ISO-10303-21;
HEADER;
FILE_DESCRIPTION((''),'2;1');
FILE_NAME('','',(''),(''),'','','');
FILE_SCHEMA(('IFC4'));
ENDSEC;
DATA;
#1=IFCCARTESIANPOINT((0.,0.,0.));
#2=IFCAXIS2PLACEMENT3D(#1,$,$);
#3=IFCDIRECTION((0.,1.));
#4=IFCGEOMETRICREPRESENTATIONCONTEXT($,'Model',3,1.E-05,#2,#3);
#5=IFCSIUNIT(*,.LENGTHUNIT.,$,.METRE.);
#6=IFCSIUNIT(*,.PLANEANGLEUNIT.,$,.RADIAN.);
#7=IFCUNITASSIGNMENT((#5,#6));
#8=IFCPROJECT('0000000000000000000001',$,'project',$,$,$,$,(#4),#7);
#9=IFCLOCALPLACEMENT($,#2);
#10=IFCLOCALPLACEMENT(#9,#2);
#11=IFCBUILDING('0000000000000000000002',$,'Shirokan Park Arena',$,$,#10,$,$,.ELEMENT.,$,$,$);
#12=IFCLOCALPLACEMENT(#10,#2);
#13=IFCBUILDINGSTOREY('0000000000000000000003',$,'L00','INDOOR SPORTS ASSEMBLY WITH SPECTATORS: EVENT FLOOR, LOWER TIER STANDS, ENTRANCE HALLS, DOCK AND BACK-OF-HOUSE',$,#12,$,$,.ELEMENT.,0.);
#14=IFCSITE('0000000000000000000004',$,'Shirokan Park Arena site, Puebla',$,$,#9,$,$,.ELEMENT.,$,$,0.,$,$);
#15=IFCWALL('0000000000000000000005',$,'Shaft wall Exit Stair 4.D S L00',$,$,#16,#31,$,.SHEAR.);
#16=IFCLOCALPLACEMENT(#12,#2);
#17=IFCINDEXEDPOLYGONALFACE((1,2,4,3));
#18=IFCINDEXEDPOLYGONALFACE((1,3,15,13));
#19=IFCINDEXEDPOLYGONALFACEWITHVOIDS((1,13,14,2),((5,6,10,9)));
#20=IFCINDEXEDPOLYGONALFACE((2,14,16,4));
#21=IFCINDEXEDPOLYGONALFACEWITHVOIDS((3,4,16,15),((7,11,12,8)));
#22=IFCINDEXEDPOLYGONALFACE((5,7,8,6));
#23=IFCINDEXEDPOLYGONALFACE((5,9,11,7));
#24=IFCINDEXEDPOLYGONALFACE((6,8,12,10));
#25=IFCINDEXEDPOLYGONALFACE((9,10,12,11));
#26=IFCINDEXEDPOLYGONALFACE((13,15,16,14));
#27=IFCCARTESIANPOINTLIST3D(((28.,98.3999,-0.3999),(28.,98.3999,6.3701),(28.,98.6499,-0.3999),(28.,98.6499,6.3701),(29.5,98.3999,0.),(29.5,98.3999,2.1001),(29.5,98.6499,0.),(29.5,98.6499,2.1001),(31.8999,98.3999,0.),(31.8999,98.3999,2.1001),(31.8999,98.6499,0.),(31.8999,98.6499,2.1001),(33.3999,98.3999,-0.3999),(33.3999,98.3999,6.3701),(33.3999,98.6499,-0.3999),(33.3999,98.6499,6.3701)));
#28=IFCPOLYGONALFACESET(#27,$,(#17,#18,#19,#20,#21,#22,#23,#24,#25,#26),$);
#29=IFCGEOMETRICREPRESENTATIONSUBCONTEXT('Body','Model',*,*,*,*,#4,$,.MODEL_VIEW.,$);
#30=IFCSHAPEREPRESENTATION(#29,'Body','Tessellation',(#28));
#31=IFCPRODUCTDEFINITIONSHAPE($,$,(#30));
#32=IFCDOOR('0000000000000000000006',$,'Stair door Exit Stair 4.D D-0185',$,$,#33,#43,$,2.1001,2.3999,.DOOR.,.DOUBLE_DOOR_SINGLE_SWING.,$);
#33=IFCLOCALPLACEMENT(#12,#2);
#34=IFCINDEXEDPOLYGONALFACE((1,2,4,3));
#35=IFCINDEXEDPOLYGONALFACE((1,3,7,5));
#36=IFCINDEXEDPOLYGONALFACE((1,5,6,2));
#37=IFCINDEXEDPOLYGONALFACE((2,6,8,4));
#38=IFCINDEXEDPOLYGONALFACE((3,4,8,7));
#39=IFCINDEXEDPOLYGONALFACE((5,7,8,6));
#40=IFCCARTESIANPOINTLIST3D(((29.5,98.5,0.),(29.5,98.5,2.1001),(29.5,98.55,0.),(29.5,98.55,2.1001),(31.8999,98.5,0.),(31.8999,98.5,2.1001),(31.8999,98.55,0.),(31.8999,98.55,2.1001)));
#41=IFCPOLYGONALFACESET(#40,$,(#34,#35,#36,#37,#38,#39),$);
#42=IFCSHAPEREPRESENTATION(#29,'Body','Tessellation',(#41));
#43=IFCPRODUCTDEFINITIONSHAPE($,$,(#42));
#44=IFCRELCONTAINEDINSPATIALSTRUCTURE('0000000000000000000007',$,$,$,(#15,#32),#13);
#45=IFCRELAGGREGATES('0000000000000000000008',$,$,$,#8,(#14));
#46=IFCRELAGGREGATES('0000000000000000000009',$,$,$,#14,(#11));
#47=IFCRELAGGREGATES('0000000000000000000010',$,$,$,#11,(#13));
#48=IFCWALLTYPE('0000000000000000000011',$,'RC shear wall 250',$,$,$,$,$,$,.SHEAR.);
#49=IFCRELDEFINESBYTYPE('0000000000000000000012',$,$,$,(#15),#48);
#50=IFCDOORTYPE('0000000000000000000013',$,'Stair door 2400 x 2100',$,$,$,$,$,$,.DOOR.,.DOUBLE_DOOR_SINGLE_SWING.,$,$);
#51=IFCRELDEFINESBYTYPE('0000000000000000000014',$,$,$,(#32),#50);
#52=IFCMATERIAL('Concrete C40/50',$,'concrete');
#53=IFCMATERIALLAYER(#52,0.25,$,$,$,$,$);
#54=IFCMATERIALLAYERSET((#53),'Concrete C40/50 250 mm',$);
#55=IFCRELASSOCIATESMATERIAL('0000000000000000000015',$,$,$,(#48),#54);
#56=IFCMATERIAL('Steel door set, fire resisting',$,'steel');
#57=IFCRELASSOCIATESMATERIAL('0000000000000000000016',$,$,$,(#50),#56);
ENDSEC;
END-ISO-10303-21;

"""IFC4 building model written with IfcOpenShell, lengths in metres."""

from ifc_helpers import new_model, si_unit, direction, frame, frame_2d, origin, place, context, subcontext, project, spatial, rectangle, extrude, material, layer, layer_set, type_object, element, fill, save


model = new_model("IFC4")

# Units and contexts
model_context = context("Model", 3, precision=1e-05, world=origin(), true_north=direction((0.0, 1.0)))
body_context = subcontext(model_context, "Body", "Model", "MODEL_VIEW")
ifc_project = project(units=[si_unit("LENGTHUNIT", "METRE"), si_unit("PLANEANGLEUNIT", "RADIAN")], contexts=[model_context])

# Site, building, storey
site_placement = place(None, origin())
site = spatial("IfcSite", under=ifc_project, at=site_placement, Name="Shirokan Park Arena site, Puebla", CompositionType="ELEMENT", RefElevation=0.0)
building_placement = place(site_placement, origin())
building = spatial("IfcBuilding", under=site, at=building_placement, Name="Shirokan Park Arena", CompositionType="ELEMENT")
storey_placement = place(building_placement, origin())
storey = spatial("IfcBuildingStorey", under=building, at=storey_placement, Name="L00", Description="INDOOR SPORTS ASSEMBLY WITH SPECTATORS: EVENT FLOOR, LOWER TIER STANDS, ENTRANCE HALLS, DOCK AND BACK-OF-HOUSE", CompositionType="ELEMENT", Elevation=0.0)

# Wall, opening, door
ifc_material_1 = material(Name="Concrete C40/50", Category="concrete")
ifc_layer_1 = layer(ifc_material_1, 0.25)
ifc_layer_set_1 = layer_set([ifc_layer_1], Name="Concrete C40/50 250 mm")
wall_type_1 = type_object("IfcWallType", Name="RC shear wall 250", PredefinedType="SHEAR", material=ifc_layer_set_1)
wall_1_placement = place(storey_placement, frame((33.3999, 98.5249, -0.3999), z_axis=(0.0, 0.0, 1.0), x_axis=(-1.0, 0.0, 0.0)))
wall_1 = element("IfcWall", 1, at=wall_1_placement, inside=storey, type_object=wall_type_1, Name="Shaft wall Exit Stair 4.D S L00", PredefinedType="SHEAR", context=body_context, shape_type="SweptSolid", body=[
    extrude(rectangle(XDim=5.3999, YDim=0.25, at=frame_2d((2.7, 0.0))), origin(), (0.0, 0.0, 1.0), 6.77),
])
opening_1_placement = place(wall_1_placement, frame((1.5, 0.0, 0.3999)))
opening_1 = element("IfcOpeningElement", 2, at=opening_1_placement, cuts=wall_1, PredefinedType="OPENING", context=body_context, shape_type="SweptSolid", body=[
    extrude(rectangle(XDim=2.3999, YDim=2.1001, at=frame_2d((1.2, 1.05))), frame((0.0, 0.135, 0.0), z_axis=(0.0, -1.0, 0.0), x_axis=(1.0, 0.0, 0.0)), (0.0, 0.0, 1.0), 0.27),
])
ifc_material_2 = material(Name="Steel door set, fire resisting", Category="steel")
door_type_1 = type_object("IfcDoorType", Name="Stair door 2400 x 2100", OperationType="DOUBLE_DOOR_SINGLE_SWING", PredefinedType="DOOR", material=ifc_material_2)
door_1_placement = place(opening_1_placement, origin())
door_1 = element("IfcDoor", 3, at=door_1_placement, inside=storey, type_object=door_type_1, Name="Stair door Exit Stair 4.D D-0185", OperationType="DOUBLE_DOOR_SINGLE_SWING", OverallHeight=2.1001, OverallWidth=2.3999, PredefinedType="DOOR", context=body_context, shape_type="SweptSolid", body=[
    extrude(rectangle(XDim=2.3999, YDim=2.1001, at=frame_2d((1.2, 1.05))), frame((0.0, 0.0249, 0.0), z_axis=(0.0, -1.0, 0.0), x_axis=(1.0, 0.0, 0.0)), (0.0, 0.0, 1.0), 0.05),
])
fill(opening_1, door_1)

save(model, "model.ifc")
